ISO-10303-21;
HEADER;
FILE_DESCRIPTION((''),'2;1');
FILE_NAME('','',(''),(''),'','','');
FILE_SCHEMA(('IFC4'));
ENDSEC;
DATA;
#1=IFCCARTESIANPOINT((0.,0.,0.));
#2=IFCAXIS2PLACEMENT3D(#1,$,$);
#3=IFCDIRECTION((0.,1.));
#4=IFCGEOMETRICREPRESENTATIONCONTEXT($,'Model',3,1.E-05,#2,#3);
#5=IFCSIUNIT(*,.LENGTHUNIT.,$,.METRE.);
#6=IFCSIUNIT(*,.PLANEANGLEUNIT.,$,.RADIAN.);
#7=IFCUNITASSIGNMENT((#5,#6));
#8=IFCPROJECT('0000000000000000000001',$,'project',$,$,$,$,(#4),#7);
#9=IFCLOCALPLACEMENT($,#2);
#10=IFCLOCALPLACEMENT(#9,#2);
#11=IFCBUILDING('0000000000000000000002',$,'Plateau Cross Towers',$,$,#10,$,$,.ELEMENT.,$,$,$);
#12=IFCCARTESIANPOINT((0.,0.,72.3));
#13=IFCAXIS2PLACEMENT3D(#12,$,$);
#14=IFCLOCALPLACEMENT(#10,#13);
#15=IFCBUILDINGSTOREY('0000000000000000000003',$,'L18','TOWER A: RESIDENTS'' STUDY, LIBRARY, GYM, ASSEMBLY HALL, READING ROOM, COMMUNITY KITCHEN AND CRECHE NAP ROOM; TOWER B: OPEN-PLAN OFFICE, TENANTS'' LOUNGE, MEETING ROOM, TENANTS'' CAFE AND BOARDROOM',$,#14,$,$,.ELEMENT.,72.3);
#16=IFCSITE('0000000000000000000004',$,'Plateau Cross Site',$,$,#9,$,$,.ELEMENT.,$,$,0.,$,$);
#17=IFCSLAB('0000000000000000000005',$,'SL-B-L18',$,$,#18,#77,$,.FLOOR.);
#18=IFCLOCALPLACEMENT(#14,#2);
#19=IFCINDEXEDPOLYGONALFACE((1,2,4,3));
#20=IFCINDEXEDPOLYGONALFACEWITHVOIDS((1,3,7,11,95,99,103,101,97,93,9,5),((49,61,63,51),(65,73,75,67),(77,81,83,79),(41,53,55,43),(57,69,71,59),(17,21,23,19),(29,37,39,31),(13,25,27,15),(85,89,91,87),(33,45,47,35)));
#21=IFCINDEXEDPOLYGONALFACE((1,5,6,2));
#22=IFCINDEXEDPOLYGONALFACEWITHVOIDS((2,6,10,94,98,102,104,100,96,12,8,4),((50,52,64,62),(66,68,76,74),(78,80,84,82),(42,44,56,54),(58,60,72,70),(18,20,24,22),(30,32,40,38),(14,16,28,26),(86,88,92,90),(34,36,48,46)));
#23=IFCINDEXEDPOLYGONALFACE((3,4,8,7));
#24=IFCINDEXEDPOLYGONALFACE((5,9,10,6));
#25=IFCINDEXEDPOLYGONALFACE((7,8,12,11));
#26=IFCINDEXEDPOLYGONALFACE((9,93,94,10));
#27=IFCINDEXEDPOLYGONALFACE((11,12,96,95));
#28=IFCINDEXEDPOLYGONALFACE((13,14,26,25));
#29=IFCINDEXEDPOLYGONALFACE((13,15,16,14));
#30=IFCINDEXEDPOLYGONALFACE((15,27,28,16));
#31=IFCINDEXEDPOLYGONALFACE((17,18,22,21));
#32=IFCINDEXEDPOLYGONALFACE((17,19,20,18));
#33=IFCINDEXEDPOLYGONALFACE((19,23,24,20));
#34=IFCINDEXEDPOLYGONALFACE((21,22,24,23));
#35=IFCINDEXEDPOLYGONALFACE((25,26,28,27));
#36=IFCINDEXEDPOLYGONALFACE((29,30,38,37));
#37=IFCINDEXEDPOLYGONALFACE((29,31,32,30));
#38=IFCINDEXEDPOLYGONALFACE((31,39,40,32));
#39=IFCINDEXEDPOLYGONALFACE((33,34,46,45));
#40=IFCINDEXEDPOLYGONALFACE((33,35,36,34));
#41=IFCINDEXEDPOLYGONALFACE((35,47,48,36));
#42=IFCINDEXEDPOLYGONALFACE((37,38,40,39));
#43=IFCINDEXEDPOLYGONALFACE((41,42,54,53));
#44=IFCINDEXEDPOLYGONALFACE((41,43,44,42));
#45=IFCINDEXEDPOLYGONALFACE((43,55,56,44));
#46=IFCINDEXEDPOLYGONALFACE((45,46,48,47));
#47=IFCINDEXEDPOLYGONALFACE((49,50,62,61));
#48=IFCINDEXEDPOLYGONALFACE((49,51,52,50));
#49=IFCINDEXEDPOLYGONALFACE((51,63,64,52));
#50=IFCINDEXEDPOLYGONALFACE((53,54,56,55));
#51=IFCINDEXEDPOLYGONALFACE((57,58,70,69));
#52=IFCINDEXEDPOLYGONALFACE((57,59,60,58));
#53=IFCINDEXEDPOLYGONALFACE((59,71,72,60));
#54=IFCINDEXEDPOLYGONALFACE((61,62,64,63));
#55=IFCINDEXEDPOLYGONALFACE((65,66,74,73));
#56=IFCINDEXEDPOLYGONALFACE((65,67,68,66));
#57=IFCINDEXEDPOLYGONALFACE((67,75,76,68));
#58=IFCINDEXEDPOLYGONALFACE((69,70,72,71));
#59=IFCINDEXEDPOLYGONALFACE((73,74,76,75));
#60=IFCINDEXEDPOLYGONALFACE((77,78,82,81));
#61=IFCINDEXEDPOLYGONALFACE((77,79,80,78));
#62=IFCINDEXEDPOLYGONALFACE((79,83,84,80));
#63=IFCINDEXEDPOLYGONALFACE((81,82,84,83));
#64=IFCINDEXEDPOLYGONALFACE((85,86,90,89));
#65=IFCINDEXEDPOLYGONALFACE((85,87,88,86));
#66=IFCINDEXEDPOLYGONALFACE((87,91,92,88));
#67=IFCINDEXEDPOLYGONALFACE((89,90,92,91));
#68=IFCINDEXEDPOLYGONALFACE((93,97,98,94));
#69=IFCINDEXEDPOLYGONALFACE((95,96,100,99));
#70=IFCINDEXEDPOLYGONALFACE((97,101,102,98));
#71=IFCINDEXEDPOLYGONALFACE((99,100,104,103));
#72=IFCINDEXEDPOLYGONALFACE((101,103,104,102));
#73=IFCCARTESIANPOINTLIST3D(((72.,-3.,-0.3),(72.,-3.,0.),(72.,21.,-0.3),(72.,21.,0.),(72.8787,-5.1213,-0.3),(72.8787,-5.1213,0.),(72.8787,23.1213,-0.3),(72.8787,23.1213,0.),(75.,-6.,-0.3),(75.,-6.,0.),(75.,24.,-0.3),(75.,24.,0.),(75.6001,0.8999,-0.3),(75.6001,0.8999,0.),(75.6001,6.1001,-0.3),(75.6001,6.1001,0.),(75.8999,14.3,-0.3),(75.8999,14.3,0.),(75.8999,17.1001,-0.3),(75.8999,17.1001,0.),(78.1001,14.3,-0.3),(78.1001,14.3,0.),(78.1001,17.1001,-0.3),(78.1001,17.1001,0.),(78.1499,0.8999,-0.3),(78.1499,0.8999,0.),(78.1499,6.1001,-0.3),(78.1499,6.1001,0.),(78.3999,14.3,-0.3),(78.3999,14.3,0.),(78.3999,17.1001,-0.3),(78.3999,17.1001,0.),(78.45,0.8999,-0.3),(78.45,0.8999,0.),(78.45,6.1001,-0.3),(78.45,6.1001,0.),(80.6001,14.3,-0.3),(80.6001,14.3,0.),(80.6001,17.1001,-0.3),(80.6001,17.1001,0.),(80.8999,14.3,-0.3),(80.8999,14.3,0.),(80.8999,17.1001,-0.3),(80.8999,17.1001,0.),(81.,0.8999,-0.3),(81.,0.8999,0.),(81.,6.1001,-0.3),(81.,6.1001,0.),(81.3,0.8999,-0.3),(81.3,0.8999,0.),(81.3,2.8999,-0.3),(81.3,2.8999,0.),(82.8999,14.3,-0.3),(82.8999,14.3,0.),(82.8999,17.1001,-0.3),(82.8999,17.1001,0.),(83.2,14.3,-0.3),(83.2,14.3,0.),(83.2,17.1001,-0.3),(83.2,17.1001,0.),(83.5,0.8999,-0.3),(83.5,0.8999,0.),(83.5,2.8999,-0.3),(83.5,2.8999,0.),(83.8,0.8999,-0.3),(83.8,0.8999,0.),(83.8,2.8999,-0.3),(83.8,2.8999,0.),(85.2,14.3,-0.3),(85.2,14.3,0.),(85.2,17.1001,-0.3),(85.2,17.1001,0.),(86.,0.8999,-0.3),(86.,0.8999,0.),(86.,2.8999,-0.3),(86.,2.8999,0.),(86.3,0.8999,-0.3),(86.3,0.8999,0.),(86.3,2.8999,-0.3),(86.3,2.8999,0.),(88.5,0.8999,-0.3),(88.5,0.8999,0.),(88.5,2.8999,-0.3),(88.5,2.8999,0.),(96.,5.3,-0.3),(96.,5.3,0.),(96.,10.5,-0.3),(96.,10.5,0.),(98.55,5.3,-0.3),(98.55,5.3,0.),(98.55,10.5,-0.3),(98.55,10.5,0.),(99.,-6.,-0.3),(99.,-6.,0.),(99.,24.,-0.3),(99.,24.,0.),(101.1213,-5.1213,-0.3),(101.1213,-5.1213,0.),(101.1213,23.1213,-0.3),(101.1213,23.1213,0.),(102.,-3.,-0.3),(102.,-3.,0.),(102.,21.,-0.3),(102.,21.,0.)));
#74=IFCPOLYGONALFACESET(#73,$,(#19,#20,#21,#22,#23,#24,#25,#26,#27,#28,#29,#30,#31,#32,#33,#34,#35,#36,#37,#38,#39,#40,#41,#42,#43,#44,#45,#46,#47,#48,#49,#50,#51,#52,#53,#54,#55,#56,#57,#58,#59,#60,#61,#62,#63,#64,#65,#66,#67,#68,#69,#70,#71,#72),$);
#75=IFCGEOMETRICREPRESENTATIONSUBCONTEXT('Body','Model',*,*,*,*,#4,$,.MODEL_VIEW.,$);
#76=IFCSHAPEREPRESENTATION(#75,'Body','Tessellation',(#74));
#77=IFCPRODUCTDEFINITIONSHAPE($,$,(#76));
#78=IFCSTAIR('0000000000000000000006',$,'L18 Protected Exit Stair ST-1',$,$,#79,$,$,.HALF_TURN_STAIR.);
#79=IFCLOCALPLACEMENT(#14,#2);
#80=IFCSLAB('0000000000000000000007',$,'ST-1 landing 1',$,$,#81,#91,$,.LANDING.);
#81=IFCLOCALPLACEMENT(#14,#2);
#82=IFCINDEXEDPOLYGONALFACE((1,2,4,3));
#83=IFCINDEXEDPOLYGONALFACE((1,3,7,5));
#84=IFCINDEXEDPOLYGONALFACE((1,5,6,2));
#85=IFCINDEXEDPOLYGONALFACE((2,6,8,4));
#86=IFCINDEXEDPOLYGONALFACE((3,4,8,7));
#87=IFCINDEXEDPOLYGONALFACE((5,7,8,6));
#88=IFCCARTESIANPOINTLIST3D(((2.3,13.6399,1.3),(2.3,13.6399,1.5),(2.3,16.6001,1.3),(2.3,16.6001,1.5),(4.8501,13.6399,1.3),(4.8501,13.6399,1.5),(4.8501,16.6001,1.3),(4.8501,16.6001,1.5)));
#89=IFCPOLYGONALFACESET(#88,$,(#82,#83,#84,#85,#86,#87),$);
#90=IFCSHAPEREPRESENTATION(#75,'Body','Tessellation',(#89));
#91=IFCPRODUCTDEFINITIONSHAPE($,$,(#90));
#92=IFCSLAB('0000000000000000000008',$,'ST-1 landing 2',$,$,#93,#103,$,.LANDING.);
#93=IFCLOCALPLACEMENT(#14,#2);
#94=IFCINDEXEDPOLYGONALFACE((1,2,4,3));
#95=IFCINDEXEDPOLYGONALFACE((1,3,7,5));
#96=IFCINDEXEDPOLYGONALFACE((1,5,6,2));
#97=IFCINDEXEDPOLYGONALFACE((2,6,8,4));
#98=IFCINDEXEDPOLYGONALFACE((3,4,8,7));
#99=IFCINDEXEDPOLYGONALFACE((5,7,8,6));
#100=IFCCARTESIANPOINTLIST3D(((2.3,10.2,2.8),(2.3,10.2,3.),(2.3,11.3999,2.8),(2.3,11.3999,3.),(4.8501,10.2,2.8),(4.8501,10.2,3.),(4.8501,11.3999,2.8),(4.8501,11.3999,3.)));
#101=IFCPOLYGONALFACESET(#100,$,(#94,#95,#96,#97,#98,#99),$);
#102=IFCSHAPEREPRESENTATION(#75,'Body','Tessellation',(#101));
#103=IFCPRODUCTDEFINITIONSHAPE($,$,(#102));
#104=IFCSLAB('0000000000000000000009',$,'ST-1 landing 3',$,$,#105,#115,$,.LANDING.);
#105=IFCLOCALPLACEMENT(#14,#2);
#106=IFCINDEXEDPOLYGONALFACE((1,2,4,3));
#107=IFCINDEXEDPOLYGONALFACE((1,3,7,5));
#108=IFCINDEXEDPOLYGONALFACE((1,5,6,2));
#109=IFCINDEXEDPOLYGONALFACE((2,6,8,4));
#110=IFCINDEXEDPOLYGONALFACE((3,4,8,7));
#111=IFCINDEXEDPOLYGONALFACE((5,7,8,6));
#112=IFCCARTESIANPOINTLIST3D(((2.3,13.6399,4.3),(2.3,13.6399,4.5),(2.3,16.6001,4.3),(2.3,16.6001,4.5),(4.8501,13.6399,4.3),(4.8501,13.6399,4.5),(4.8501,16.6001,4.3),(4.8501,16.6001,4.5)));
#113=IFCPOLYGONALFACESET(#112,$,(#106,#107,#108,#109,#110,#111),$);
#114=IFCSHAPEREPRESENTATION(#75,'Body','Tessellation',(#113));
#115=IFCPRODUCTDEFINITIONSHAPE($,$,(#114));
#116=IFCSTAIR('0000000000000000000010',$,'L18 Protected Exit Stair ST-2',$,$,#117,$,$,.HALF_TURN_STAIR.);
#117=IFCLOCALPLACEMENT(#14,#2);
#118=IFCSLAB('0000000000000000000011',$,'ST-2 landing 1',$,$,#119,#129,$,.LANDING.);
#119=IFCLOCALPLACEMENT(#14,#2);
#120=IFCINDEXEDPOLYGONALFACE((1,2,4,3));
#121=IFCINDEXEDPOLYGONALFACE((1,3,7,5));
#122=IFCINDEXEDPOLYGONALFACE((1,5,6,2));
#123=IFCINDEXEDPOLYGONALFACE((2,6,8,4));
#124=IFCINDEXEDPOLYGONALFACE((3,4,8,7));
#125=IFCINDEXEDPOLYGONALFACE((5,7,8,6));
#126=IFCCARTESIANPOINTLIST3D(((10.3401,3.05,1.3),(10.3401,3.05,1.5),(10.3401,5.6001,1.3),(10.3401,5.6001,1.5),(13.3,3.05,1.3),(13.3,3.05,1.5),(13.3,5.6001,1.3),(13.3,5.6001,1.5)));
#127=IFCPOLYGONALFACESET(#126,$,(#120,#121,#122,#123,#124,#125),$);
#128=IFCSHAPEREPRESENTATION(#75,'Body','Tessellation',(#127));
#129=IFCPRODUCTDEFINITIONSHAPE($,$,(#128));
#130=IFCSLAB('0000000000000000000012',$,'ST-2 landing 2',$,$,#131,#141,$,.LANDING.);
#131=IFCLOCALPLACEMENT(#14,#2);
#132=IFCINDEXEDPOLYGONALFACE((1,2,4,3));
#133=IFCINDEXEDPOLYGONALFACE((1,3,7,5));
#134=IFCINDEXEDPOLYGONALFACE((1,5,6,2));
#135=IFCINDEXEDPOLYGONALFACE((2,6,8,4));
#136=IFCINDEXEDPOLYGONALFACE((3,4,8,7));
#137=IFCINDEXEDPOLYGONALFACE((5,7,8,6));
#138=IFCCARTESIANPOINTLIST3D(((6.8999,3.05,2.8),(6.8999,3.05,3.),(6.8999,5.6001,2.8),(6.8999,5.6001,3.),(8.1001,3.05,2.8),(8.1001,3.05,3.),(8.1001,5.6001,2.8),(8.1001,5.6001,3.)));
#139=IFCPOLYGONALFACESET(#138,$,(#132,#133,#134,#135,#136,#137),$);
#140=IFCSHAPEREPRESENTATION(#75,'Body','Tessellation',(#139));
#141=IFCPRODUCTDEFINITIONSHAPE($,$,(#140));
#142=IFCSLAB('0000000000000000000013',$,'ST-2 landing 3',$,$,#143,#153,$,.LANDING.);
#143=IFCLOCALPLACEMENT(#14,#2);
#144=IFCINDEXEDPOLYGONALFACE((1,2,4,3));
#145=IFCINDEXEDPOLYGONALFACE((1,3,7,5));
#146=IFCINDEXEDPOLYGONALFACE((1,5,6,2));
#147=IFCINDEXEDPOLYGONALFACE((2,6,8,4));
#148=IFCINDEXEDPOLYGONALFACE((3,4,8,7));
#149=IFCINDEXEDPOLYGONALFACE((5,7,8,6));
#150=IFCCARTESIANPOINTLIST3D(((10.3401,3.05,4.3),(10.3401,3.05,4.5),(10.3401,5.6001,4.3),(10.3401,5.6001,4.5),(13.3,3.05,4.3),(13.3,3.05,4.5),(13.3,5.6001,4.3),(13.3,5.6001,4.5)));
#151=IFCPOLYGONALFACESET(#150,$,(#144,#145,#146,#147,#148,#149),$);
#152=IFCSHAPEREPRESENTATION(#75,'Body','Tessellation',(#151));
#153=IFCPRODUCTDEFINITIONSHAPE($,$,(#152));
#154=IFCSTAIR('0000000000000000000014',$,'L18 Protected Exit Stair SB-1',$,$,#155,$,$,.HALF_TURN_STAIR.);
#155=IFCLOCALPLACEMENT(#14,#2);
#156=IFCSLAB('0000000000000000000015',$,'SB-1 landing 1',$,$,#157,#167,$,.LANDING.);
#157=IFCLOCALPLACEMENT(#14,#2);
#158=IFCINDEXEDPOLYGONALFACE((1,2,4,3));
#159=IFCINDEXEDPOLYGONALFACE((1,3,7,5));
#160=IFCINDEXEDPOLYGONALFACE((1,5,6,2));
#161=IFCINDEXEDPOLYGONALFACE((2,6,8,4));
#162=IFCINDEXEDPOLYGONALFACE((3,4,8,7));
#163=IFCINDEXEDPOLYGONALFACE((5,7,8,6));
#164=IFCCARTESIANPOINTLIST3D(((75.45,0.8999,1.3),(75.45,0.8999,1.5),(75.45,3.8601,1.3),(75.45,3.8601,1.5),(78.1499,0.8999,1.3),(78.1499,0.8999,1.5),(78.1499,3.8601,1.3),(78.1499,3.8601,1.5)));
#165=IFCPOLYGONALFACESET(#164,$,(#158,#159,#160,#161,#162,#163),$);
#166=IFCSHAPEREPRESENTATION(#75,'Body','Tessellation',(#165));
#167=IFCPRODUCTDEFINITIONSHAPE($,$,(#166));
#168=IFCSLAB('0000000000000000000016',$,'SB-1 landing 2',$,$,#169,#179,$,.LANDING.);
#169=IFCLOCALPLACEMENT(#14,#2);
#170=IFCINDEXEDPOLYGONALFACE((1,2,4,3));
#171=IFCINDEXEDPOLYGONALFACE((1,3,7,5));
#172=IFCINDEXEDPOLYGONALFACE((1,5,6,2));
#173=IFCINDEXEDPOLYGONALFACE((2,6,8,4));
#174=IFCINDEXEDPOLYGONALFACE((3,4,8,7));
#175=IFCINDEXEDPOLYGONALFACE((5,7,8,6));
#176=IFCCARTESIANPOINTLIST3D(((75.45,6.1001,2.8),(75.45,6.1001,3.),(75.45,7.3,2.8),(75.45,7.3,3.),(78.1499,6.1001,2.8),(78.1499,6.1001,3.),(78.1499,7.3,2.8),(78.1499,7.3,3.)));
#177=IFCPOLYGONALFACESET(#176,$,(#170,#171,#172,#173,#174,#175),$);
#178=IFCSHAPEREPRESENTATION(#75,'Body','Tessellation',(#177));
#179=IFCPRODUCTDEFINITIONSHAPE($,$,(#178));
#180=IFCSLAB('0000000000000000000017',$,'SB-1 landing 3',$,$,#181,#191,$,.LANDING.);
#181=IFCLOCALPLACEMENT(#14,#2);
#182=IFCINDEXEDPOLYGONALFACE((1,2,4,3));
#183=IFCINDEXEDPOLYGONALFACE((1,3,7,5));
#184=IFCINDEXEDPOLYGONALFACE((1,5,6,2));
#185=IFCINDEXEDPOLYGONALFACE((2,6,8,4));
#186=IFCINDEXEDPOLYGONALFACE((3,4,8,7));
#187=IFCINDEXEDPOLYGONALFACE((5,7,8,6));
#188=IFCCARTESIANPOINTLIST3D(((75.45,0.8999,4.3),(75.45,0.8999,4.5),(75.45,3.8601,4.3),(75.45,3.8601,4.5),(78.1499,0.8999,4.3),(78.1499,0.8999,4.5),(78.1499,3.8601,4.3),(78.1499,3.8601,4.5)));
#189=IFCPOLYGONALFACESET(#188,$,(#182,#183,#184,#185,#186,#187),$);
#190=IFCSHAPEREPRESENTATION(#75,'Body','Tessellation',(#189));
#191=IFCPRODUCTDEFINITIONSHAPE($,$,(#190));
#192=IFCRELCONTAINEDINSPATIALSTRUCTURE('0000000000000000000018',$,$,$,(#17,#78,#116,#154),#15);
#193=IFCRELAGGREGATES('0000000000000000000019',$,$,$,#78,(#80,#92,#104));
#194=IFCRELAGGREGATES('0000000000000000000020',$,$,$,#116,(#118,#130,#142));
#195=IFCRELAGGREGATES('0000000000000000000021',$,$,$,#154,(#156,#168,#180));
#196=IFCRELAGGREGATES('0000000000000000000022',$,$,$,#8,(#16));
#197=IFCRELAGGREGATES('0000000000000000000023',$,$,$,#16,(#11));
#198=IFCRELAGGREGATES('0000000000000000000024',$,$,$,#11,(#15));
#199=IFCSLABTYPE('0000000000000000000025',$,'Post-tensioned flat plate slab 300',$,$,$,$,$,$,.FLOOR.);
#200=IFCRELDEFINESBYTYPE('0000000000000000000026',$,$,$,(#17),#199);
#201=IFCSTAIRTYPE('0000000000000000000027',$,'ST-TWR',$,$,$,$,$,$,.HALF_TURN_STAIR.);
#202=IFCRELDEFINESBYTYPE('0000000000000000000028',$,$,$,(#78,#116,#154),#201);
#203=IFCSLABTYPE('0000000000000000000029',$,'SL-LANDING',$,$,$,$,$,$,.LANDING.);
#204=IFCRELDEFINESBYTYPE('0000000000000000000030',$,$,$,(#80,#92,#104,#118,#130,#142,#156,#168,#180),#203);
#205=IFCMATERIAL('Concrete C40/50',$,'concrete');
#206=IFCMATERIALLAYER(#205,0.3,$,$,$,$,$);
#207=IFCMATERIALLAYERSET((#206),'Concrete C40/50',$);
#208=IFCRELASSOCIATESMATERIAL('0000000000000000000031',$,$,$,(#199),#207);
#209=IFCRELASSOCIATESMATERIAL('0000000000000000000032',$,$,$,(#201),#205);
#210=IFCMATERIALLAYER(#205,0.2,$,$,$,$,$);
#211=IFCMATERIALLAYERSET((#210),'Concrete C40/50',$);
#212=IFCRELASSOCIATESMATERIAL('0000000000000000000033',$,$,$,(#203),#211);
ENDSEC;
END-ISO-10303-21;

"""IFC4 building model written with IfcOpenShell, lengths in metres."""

from ifc_helpers import new_model, si_unit, direction, frame, origin, place, context, subcontext, project, spatial, polyline, outline, extrude, material, layer, layer_set, type_object, element, aggregate, save


model = new_model("IFC4")

# Units and contexts
model_context = context("Model", 3, precision=1e-05, world=origin(), true_north=direction((0.0, 1.0)))
body_context = subcontext(model_context, "Body", "Model", "MODEL_VIEW")
ifc_project = project(units=[si_unit("LENGTHUNIT", "METRE"), si_unit("PLANEANGLEUNIT", "RADIAN")], contexts=[model_context])

# Site, building, storey
site_placement = place(None, origin())
site = spatial("IfcSite", under=ifc_project, at=site_placement, Name="Plateau Cross Site", CompositionType="ELEMENT", RefElevation=0.0)
building_placement = place(site_placement, origin())
building = spatial("IfcBuilding", under=site, at=building_placement, Name="Plateau Cross Towers", CompositionType="ELEMENT")
storey_placement = place(building_placement, frame((0.0, 0.0, 72.3)))
storey = spatial("IfcBuildingStorey", under=building, at=storey_placement, Name="L18", Description="TOWER A: RESIDENTS' STUDY, LIBRARY, GYM, ASSEMBLY HALL, READING ROOM, COMMUNITY KITCHEN AND CRECHE NAP ROOM; TOWER B: OPEN-PLAN OFFICE, TENANTS' LOUNGE, MEETING ROOM, TENANTS' CAFE AND BOARDROOM", CompositionType="ELEMENT", Elevation=72.3)

# Slab
ifc_material_1 = material(Name="Concrete C40/50", Category="concrete")
ifc_layer_1 = layer(ifc_material_1, 0.3)
ifc_layer_set_1 = layer_set([ifc_layer_1], Name="Concrete C40/50")
slab_type_1 = type_object("IfcSlabType", Name="Post-tensioned flat plate slab 300", PredefinedType="FLOOR", material=ifc_layer_set_1)
slab_1_placement = place(storey_placement, frame((0.0, 0.0, -0.3)))
element("IfcSlab", 1, at=slab_1_placement, inside=storey, type_object=slab_type_1, Name="SL-B-L18", PredefinedType="FLOOR", context=body_context, shape_type="SweptSolid", body=[
    extrude(outline(polyline([(72.8787, -5.1213), (72.0, -3.0), (72.0, 21.0), (72.8787, 23.1213), (75.0, 24.0), (99.0, 24.0), (101.1213, 23.1213), (102.0, 21.0), (102.0, -3.0), (101.1213, -5.1213), (99.0, -6.0), (75.0, -6.0), (72.8787, -5.1213)]), holes=[polyline([(75.6001, 0.8999), (78.1499, 0.8999), (78.1499, 6.1001), (75.6001, 6.1001), (75.6001, 0.8999)]), polyline([(78.1001, 14.3), (78.1001, 17.1001), (75.8999, 17.1001), (75.8999, 14.3), (78.1001, 14.3)]), polyline([(83.5, 0.8999), (83.5, 2.8999), (81.3, 2.8999), (81.3, 0.8999), (83.5, 0.8999)]), polyline([(86.0, 0.8999), (86.0, 2.8999), (83.8, 2.8999), (83.8, 0.8999), (86.0, 0.8999)]), polyline([(88.5, 0.8999), (88.5, 2.8999), (86.3, 2.8999), (86.3, 0.8999), (88.5, 0.8999)]), polyline([(78.45, 0.8999), (81.0, 0.8999), (81.0, 6.1001), (78.45, 6.1001), (78.45, 0.8999)]), polyline([(96.0, 5.3), (98.55, 5.3), (98.55, 10.5), (96.0, 10.5), (96.0, 5.3)]), polyline([(80.6001, 14.3), (80.6001, 17.1001), (78.3999, 17.1001), (78.3999, 14.3), (80.6001, 14.3)]), polyline([(80.8999, 14.3), (82.8999, 14.3), (82.8999, 17.1001), (80.8999, 17.1001), (80.8999, 14.3)]), polyline([(83.2, 14.3), (85.2, 14.3), (85.2, 17.1001), (83.2, 17.1001), (83.2, 14.3)])]), origin(), (0.0, 0.0, 1.0), 0.3),
])

# Stairs, slabs
stair_type = type_object("IfcStairType", Name="ST-TWR", PredefinedType="HALF_TURN_STAIR", material=ifc_material_1)
stair_1_placement = place(storey_placement, origin())
stair_1 = element("IfcStair", 2, at=stair_1_placement, inside=storey, type_object=stair_type, Name="L18 Protected Exit Stair ST-1", PredefinedType="HALF_TURN_STAIR")
ifc_layer_2 = layer(ifc_material_1, 0.2)
ifc_layer_set_2 = layer_set([ifc_layer_2], Name="Concrete C40/50")
slab_type_2 = type_object("IfcSlabType", Name="SL-LANDING", PredefinedType="LANDING", material=ifc_layer_set_2)
slab_2_placement = place(storey_placement, frame((0.0, 0.0, 1.3)))
slab_2 = element("IfcSlab", 3, at=slab_2_placement, type_object=slab_type_2, Name="ST-1 landing 1", PredefinedType="LANDING", context=body_context, shape_type="SweptSolid", body=[
    extrude(outline(polyline([(4.8501, 13.6399), (4.8501, 16.6001), (2.3, 16.6001), (2.3, 13.6399), (4.8501, 13.6399)])), origin(), (0.0, 0.0, 1.0), 0.2),
])
slab_3_placement = place(storey_placement, frame((0.0, 0.0, 2.8)))
slab_3 = element("IfcSlab", 4, at=slab_3_placement, type_object=slab_type_2, Name="ST-1 landing 2", PredefinedType="LANDING", context=body_context, shape_type="SweptSolid", body=[
    extrude(outline(polyline([(4.8501, 10.2), (4.8501, 11.3999), (2.3, 11.3999), (2.3, 10.2), (4.8501, 10.2)])), origin(), (0.0, 0.0, 1.0), 0.2),
])
slab_4_placement = place(storey_placement, frame((0.0, 0.0, 4.3)))
slab_4 = element("IfcSlab", 5, at=slab_4_placement, type_object=slab_type_2, Name="ST-1 landing 3", PredefinedType="LANDING", context=body_context, shape_type="SweptSolid", body=[
    extrude(outline(polyline([(4.8501, 13.6399), (4.8501, 16.6001), (2.3, 16.6001), (2.3, 13.6399), (4.8501, 13.6399)])), origin(), (0.0, 0.0, 1.0), 0.2),
])
aggregate(stair_1, [slab_2, slab_3, slab_4])
stair_2_placement = place(storey_placement, origin())
stair_2 = element("IfcStair", 6, at=stair_2_placement, inside=storey, type_object=stair_type, Name="L18 Protected Exit Stair ST-2", PredefinedType="HALF_TURN_STAIR")
slab_5_placement = place(storey_placement, frame((0.0, 0.0, 1.3)))
slab_5 = element("IfcSlab", 7, at=slab_5_placement, type_object=slab_type_2, Name="ST-2 landing 1", PredefinedType="LANDING", context=body_context, shape_type="SweptSolid", body=[
    extrude(outline(polyline([(10.3401, 3.05), (13.3, 3.05), (13.3, 5.6001), (10.3401, 5.6001), (10.3401, 3.05)])), origin(), (0.0, 0.0, 1.0), 0.2),
])
slab_6_placement = place(storey_placement, frame((0.0, 0.0, 2.8)))
slab_6 = element("IfcSlab", 8, at=slab_6_placement, type_object=slab_type_2, Name="ST-2 landing 2", PredefinedType="LANDING", context=body_context, shape_type="SweptSolid", body=[
    extrude(outline(polyline([(6.8999, 3.05), (8.1001, 3.05), (8.1001, 5.6001), (6.8999, 5.6001), (6.8999, 3.05)])), origin(), (0.0, 0.0, 1.0), 0.2),
])
slab_7_placement = place(storey_placement, frame((0.0, 0.0, 4.3)))
slab_7 = element("IfcSlab", 9, at=slab_7_placement, type_object=slab_type_2, Name="ST-2 landing 3", PredefinedType="LANDING", context=body_context, shape_type="SweptSolid", body=[
    extrude(outline(polyline([(10.3401, 3.05), (13.3, 3.05), (13.3, 5.6001), (10.3401, 5.6001), (10.3401, 3.05)])), origin(), (0.0, 0.0, 1.0), 0.2),
])
aggregate(stair_2, [slab_5, slab_6, slab_7])
stair_3_placement = place(storey_placement, origin())
stair_3 = element("IfcStair", 10, at=stair_3_placement, inside=storey, type_object=stair_type, Name="L18 Protected Exit Stair SB-1", PredefinedType="HALF_TURN_STAIR")
slab_8_placement = place(storey_placement, frame((0.0, 0.0, 1.3)))
slab_8 = element("IfcSlab", 11, at=slab_8_placement, type_object=slab_type_2, Name="SB-1 landing 1", PredefinedType="LANDING", context=body_context, shape_type="SweptSolid", body=[
    extrude(outline(polyline([(75.45, 3.8601), (75.45, 0.8999), (78.1499, 0.8999), (78.1499, 3.8601), (75.45, 3.8601)])), origin(), (0.0, 0.0, 1.0), 0.2),
])
slab_9_placement = place(storey_placement, frame((0.0, 0.0, 2.8)))
slab_9 = element("IfcSlab", 12, at=slab_9_placement, type_object=slab_type_2, Name="SB-1 landing 2", PredefinedType="LANDING", context=body_context, shape_type="SweptSolid", body=[
    extrude(outline(polyline([(75.45, 7.3), (75.45, 6.1001), (78.1499, 6.1001), (78.1499, 7.3), (75.45, 7.3)])), origin(), (0.0, 0.0, 1.0), 0.2),
])
slab_10_placement = place(storey_placement, frame((0.0, 0.0, 4.3)))
slab_10 = element("IfcSlab", 13, at=slab_10_placement, type_object=slab_type_2, Name="SB-1 landing 3", PredefinedType="LANDING", context=body_context, shape_type="SweptSolid", body=[
    extrude(outline(polyline([(75.45, 3.8601), (75.45, 0.8999), (78.1499, 0.8999), (78.1499, 3.8601), (75.45, 3.8601)])), origin(), (0.0, 0.0, 1.0), 0.2),
])
aggregate(stair_3, [slab_8, slab_9, slab_10])

save(model, "model.ifc")
